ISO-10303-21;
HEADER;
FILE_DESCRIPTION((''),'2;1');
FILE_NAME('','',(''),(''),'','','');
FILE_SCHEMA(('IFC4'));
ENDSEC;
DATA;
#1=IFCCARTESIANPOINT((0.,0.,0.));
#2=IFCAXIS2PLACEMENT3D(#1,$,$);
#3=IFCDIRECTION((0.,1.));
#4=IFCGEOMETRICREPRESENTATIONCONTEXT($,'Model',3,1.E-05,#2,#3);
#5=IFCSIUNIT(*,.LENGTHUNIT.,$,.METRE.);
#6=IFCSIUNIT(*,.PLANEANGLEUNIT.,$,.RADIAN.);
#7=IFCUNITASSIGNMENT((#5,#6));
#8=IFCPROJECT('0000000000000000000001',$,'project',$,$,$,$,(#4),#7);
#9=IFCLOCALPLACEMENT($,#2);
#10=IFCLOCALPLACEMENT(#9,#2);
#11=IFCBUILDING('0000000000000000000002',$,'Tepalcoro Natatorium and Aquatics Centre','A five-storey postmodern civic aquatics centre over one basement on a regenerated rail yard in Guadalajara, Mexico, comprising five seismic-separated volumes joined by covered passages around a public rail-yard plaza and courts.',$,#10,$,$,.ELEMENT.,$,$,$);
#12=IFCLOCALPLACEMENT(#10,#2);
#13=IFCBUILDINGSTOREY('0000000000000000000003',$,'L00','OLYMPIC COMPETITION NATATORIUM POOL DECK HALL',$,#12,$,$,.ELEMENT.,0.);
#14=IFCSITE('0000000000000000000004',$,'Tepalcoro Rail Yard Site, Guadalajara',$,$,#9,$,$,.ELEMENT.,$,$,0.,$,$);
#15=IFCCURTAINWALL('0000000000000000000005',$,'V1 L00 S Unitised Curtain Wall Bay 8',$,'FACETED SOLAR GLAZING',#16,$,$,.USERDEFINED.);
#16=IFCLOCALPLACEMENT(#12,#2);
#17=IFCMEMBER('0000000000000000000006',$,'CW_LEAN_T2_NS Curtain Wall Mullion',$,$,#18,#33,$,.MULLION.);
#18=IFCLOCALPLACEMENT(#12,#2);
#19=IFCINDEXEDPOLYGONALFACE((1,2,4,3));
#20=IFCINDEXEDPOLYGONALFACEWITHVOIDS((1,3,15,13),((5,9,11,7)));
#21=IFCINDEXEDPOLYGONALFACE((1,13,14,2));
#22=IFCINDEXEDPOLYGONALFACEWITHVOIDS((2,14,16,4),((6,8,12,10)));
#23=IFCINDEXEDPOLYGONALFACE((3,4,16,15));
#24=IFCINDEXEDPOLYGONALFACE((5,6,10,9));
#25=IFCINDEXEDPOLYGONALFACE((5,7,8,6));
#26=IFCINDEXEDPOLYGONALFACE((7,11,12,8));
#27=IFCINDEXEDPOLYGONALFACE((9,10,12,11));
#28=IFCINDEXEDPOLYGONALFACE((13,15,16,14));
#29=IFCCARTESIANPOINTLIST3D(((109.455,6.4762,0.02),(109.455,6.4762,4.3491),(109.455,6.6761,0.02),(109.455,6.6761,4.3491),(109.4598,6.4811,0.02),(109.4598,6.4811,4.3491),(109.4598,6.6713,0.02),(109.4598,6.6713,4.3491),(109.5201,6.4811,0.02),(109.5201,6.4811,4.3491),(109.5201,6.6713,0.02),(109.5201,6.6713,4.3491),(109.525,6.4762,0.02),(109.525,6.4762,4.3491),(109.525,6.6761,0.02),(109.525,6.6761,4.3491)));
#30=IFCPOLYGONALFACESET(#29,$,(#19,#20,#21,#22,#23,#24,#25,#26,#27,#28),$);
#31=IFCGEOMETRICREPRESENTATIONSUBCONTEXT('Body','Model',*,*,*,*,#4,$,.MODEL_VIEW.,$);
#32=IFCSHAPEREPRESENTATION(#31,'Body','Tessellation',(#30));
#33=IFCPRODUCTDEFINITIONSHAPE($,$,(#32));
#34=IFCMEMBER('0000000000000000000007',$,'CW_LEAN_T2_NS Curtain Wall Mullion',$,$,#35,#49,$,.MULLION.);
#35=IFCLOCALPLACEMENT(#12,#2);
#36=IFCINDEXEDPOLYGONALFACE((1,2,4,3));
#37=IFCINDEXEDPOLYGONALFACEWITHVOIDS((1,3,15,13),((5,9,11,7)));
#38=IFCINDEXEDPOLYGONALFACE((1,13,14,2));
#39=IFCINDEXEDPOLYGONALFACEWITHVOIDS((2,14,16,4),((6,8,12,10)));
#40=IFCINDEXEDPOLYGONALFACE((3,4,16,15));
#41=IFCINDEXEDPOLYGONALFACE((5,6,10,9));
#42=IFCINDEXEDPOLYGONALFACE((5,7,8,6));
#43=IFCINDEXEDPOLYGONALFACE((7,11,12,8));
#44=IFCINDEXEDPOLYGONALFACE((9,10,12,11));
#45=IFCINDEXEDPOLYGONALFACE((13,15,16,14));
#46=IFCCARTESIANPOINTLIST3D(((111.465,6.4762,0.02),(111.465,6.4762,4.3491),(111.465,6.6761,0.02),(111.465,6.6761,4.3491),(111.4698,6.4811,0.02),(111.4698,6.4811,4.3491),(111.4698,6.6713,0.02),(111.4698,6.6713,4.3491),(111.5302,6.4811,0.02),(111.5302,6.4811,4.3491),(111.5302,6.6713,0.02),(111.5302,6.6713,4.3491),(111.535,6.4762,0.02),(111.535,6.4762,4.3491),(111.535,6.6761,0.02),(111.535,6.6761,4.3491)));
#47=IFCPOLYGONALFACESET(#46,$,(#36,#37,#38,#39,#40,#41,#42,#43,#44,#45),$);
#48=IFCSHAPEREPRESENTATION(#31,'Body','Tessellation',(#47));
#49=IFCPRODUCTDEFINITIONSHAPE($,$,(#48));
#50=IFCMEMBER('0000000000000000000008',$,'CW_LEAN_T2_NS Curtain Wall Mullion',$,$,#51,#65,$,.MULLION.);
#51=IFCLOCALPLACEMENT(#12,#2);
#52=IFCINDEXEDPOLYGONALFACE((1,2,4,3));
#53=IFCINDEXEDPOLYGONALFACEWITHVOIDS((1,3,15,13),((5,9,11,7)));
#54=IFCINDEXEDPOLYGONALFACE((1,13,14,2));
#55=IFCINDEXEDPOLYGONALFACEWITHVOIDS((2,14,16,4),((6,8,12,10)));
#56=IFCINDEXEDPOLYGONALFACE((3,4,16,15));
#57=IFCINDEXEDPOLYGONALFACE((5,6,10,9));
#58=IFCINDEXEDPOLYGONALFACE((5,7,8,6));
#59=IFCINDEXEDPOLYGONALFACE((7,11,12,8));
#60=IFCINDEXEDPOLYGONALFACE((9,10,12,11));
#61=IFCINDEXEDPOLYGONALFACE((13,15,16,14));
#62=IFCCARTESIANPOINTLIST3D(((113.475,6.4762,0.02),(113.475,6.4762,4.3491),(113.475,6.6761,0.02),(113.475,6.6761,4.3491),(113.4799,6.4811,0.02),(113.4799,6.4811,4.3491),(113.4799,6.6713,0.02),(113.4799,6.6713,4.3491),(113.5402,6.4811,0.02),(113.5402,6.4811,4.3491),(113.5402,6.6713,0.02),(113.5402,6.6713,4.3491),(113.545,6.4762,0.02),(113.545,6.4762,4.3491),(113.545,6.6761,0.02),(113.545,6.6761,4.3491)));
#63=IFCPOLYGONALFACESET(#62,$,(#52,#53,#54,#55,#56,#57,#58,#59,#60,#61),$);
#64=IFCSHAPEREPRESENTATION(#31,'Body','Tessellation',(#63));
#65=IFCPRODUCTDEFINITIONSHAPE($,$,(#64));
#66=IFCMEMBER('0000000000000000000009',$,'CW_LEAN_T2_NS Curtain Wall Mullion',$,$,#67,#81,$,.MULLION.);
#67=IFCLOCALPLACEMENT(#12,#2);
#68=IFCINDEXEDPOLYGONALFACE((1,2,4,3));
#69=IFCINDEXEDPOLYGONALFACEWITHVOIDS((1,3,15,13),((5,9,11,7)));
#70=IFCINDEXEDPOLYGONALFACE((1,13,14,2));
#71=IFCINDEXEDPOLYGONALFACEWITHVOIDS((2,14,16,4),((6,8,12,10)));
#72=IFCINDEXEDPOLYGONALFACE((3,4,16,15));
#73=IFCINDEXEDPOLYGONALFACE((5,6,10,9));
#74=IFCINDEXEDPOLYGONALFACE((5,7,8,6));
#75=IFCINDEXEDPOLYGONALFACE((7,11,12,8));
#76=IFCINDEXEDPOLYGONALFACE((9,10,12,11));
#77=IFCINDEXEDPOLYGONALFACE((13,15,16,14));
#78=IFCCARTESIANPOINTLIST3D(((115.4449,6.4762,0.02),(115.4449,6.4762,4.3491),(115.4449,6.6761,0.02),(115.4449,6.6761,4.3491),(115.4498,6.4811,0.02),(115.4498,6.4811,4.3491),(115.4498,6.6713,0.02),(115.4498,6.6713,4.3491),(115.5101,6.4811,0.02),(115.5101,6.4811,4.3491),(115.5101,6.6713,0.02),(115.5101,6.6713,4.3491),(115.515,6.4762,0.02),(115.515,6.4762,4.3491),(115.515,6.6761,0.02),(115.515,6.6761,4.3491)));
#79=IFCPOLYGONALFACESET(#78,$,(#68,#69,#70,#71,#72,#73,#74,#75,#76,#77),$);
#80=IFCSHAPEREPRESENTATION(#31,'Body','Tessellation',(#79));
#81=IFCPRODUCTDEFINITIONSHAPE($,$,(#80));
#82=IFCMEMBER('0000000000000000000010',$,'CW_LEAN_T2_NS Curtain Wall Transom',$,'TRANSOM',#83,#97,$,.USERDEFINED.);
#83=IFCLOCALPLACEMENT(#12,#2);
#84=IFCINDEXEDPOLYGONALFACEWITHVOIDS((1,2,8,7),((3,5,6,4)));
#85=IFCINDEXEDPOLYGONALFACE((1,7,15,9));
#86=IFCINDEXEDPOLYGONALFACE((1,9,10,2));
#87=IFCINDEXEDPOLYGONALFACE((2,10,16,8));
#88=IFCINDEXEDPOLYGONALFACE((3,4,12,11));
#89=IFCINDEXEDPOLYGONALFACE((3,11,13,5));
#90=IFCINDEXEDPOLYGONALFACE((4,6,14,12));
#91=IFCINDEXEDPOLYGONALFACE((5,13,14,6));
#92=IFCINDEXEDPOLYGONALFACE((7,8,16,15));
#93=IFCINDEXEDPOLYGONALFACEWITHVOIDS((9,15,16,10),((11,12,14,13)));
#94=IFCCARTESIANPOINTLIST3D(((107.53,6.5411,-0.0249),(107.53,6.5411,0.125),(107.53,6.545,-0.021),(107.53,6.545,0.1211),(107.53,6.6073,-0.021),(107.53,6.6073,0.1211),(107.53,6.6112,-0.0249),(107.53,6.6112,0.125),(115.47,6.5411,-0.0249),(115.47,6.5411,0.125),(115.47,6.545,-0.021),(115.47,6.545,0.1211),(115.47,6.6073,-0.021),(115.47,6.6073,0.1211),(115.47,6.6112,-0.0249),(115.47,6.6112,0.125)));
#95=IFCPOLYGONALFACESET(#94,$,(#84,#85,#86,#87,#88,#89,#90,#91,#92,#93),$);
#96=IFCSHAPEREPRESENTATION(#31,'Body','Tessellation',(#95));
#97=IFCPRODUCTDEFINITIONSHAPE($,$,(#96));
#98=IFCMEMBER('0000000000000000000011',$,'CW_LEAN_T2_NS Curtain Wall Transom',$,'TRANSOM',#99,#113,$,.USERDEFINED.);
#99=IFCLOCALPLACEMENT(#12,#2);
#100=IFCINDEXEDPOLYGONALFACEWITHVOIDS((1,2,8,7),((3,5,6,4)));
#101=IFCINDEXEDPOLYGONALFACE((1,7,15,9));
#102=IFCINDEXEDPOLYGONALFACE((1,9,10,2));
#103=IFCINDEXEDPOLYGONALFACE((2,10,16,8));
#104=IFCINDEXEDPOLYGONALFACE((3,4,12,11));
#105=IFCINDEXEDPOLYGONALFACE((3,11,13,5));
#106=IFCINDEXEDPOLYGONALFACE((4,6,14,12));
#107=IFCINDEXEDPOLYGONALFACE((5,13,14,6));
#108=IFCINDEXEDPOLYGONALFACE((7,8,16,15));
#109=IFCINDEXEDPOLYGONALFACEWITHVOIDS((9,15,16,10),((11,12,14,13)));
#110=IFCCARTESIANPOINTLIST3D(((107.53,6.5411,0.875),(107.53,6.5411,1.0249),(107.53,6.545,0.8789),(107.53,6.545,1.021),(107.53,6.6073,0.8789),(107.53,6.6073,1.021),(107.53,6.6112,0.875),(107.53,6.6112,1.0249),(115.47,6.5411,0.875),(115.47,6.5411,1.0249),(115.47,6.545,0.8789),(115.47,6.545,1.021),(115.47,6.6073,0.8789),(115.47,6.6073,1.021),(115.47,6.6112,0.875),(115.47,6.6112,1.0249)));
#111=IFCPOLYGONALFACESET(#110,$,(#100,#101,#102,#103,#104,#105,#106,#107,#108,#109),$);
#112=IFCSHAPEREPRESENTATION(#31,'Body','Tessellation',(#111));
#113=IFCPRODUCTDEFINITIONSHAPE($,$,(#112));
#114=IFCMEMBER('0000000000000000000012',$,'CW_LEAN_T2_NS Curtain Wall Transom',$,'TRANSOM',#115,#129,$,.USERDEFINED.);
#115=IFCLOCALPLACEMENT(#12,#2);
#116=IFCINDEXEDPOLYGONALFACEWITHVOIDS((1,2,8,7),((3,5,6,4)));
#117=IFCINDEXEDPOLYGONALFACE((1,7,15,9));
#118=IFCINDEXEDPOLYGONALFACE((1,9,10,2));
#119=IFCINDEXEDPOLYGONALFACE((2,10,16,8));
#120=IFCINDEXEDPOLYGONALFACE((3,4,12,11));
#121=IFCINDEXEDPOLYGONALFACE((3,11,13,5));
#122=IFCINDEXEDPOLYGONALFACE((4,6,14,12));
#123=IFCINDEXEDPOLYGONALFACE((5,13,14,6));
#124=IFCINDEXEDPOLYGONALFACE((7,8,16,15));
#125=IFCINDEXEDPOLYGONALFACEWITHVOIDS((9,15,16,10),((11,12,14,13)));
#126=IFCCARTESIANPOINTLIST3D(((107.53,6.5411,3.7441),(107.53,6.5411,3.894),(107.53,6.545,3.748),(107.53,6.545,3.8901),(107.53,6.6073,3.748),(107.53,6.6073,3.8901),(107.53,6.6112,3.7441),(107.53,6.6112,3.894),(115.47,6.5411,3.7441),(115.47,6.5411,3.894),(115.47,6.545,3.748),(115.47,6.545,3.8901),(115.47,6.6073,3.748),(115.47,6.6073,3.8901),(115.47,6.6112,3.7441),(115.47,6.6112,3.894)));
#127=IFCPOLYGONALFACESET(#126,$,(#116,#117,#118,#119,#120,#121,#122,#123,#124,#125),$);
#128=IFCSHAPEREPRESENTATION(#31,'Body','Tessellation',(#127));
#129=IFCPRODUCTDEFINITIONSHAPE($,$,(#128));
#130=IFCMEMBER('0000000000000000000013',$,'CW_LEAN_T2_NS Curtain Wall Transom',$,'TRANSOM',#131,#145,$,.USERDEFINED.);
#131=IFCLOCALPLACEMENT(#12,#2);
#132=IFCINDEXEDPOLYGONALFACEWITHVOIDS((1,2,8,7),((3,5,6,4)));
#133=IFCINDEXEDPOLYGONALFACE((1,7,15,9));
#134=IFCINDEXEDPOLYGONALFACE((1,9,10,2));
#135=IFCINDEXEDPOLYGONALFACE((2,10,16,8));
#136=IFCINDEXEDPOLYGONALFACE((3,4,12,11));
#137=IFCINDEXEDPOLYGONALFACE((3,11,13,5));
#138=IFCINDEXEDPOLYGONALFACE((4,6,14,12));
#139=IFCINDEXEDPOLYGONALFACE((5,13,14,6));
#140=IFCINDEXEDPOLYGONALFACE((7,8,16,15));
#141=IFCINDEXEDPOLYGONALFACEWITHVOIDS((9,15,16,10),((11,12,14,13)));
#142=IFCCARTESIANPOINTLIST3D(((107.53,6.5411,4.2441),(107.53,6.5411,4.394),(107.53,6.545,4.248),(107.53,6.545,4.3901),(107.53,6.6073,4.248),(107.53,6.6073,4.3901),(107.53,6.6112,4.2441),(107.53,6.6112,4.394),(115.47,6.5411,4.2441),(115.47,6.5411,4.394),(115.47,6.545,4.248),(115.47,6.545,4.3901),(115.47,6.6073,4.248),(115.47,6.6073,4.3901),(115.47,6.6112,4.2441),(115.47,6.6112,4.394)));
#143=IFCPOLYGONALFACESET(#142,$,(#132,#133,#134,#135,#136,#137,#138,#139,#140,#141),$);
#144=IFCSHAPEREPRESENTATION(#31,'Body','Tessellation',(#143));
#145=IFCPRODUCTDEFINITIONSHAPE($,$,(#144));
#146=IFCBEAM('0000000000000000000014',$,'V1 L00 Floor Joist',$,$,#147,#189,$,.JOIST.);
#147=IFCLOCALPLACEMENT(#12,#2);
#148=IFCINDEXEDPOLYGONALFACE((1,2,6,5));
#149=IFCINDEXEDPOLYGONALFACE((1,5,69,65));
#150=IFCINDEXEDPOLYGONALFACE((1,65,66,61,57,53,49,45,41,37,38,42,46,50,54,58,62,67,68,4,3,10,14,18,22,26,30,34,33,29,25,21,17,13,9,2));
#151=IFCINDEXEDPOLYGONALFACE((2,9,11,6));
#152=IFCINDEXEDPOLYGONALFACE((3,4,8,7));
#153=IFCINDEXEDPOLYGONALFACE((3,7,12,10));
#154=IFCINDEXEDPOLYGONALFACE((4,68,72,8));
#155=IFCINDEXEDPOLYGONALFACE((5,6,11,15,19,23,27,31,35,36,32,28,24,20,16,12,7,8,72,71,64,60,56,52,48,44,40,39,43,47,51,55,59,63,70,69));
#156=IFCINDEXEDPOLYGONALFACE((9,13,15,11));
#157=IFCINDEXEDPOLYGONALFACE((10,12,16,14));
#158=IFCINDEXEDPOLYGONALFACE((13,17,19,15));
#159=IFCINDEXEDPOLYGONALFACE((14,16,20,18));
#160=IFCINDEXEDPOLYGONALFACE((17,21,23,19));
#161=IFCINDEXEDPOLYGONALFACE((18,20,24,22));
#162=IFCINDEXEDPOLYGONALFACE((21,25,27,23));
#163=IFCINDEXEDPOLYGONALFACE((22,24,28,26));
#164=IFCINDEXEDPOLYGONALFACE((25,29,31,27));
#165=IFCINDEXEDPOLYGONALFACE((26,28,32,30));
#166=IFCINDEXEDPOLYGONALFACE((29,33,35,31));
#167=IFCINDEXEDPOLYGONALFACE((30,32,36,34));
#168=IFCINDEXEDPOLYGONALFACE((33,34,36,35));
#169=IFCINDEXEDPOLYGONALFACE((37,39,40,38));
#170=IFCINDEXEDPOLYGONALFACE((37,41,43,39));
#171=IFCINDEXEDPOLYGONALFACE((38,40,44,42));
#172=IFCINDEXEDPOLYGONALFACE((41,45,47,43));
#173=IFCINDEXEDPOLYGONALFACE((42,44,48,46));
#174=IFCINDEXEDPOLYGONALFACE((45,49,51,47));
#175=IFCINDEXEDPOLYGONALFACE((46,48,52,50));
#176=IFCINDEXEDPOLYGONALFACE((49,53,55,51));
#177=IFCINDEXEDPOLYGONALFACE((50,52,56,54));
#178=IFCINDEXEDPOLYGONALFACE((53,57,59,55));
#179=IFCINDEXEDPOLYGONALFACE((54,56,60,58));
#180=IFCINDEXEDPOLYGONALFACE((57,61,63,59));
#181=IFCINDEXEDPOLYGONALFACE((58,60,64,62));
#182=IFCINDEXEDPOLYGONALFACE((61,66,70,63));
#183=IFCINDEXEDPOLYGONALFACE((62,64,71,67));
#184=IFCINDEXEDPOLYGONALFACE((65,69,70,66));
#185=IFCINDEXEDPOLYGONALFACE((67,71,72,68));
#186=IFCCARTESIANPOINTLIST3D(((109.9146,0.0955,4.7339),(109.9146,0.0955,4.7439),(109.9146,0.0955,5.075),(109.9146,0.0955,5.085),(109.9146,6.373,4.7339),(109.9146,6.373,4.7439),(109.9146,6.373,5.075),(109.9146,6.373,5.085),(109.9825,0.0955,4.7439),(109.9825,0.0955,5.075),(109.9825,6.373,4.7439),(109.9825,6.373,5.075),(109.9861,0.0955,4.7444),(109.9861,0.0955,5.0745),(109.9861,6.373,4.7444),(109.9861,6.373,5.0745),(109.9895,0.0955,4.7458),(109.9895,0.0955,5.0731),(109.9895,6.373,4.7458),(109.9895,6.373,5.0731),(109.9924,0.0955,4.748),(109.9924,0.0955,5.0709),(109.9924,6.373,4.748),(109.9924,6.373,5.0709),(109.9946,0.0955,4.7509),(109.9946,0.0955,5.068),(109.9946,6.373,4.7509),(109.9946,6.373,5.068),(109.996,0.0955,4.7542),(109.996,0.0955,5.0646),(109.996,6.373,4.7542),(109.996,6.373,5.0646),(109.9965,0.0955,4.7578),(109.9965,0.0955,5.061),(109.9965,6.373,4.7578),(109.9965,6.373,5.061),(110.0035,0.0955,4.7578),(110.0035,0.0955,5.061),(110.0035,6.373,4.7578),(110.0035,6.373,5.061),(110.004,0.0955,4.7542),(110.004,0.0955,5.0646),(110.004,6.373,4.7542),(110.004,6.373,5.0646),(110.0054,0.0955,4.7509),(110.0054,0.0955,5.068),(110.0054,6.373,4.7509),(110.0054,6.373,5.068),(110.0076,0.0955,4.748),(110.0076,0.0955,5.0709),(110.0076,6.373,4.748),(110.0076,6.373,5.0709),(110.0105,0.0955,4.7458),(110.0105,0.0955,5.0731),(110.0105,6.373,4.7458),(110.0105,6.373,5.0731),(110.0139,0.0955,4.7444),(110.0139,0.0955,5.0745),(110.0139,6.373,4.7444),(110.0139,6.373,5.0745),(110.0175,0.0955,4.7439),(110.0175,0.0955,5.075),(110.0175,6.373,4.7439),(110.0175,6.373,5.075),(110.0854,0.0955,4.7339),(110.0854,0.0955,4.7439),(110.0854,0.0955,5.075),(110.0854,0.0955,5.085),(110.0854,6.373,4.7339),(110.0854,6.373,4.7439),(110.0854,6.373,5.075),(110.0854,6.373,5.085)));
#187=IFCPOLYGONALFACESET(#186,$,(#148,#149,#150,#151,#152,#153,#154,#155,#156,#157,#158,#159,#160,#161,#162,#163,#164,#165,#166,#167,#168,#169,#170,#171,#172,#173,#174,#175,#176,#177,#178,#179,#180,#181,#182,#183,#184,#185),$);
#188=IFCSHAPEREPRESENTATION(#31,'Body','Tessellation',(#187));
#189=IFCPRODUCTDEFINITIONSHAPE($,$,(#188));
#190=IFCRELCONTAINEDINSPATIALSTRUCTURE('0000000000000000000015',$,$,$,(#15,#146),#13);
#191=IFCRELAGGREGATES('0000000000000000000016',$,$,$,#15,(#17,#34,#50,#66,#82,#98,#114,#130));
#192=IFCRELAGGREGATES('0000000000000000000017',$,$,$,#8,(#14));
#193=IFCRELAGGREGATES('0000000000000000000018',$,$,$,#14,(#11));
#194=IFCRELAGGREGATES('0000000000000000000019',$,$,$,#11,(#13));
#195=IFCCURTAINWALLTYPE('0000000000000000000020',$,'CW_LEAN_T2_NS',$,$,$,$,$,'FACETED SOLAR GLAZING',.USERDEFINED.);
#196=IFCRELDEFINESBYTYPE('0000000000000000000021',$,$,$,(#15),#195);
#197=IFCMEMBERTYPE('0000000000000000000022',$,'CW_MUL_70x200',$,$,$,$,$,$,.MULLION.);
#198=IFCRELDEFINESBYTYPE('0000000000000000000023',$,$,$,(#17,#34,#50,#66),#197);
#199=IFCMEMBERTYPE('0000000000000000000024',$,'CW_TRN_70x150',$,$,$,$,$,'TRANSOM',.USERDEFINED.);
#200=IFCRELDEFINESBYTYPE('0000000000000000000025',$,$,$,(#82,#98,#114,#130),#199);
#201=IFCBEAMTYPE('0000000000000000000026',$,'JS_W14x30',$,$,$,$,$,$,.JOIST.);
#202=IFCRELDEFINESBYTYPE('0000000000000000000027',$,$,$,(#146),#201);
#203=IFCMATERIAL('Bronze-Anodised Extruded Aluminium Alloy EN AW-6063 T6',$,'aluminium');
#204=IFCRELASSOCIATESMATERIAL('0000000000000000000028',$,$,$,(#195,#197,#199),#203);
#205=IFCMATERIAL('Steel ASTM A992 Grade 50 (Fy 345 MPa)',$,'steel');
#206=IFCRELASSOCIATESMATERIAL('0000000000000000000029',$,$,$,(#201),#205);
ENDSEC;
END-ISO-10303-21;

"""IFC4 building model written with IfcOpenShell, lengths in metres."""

from ifc_helpers import new_model, si_unit, direction, frame, origin, origin_2d, place, context, subcontext, project, spatial, hollow_rectangle, i_section, extrude, material, material_profile, profile_set, type_object, element, aggregate, save


model = new_model("IFC4")

# Units and contexts
model_context = context("Model", 3, precision=1e-05, world=origin(), true_north=direction((0.0, 1.0)))
body_context = subcontext(model_context, "Body", "Model", "MODEL_VIEW")
ifc_project = project(units=[si_unit("LENGTHUNIT", "METRE"), si_unit("PLANEANGLEUNIT", "RADIAN")], contexts=[model_context])

# Site, building, storey
site_placement = place(None, origin())
site = spatial("IfcSite", under=ifc_project, at=site_placement, Name="Tepalcoro Rail Yard Site, Guadalajara", CompositionType="ELEMENT", RefElevation=0.0)
building_placement = place(site_placement, origin())
building = spatial("IfcBuilding", under=site, at=building_placement, Name="Tepalcoro Natatorium and Aquatics Centre", Description="A five-storey postmodern civic aquatics centre over one basement on a regenerated rail yard in Guadalajara, Mexico, comprising five seismic-separated volumes joined by covered passages around a public rail-yard plaza and courts.", CompositionType="ELEMENT")
storey_placement = place(building_placement, origin())
storey = spatial("IfcBuildingStorey", under=building, at=storey_placement, Name="L00", Description="OLYMPIC COMPETITION NATATORIUM POOL DECK HALL", CompositionType="ELEMENT", Elevation=0.0)

# Shared definitions
ifc_material_1 = material(Name="Steel ASTM A992 Grade 50 (Fy 345 MPa)", Category="steel")

# Curtain wall, members
ifc_material_2 = material(Name="Bronze-Anodised Extruded Aluminium Alloy EN AW-6063 T6", Category="aluminium")
curtain_wall_type = type_object("IfcCurtainWallType", Name="CW_LEAN_T2_NS", ElementType="FACETED SOLAR GLAZING", PredefinedType="USERDEFINED", material=ifc_material_2)
curtain_wall_placement = place(storey_placement, origin())
curtain_wall = element("IfcCurtainWall", 1, at=curtain_wall_placement, inside=storey, type_object=curtain_wall_type, Name="V1 L00 S Unitised Curtain Wall Bay 8", ObjectType="FACETED SOLAR GLAZING", PredefinedType="USERDEFINED")
ifc_material_profile_1 = material_profile(ifc_material_2, hollow_rectangle(XDim=0.0701, YDim=0.2, WallThickness=0.0049, at=origin_2d()), Name="AL70X200X5")
ifc_profile_set_1 = profile_set([ifc_material_profile_1], Name="Bronze-Anodised Extruded Aluminium Alloy EN AW-6063 T6")
member_type_1 = type_object("IfcMemberType", Name="CW_MUL_70x200", PredefinedType="MULLION", material=ifc_profile_set_1)
member_1_placement = place(storey_placement, frame((109.49, 6.5762, 0.02), z_axis=(0.0, 0.0, 1.0), x_axis=(1.0, 0.0, 0.0)))
member_1 = element("IfcMember", 2, at=member_1_placement, type_object=member_type_1, Name="CW_LEAN_T2_NS Curtain Wall Mullion", PredefinedType="MULLION", context=body_context, shape_type="SweptSolid", body=[
    extrude(hollow_rectangle(XDim=0.0701, YDim=0.2, WallThickness=0.0049, at=origin_2d()), origin(), (0.0, 0.0, 1.0), 4.3291),
])
member_2_placement = place(storey_placement, frame((111.5, 6.5762, 0.02), z_axis=(0.0, 0.0, 1.0), x_axis=(1.0, 0.0, 0.0)))
member_2 = element("IfcMember", 3, at=member_2_placement, type_object=member_type_1, Name="CW_LEAN_T2_NS Curtain Wall Mullion", PredefinedType="MULLION", context=body_context, shape_type="SweptSolid", body=[
    extrude(hollow_rectangle(XDim=0.0701, YDim=0.2, WallThickness=0.0049, at=origin_2d()), origin(), (0.0, 0.0, 1.0), 4.3291),
])
member_3_placement = place(storey_placement, frame((113.51, 6.5762, 0.02), z_axis=(0.0, 0.0, 1.0), x_axis=(1.0, 0.0, 0.0)))
member_3 = element("IfcMember", 4, at=member_3_placement, type_object=member_type_1, Name="CW_LEAN_T2_NS Curtain Wall Mullion", PredefinedType="MULLION", context=body_context, shape_type="SweptSolid", body=[
    extrude(hollow_rectangle(XDim=0.0701, YDim=0.2, WallThickness=0.0049, at=origin_2d()), origin(), (0.0, 0.0, 1.0), 4.3291),
])
member_4_placement = place(storey_placement, frame((115.48, 6.5762, 0.02), z_axis=(0.0, 0.0, 1.0), x_axis=(1.0, 0.0, 0.0)))
member_4 = element("IfcMember", 5, at=member_4_placement, type_object=member_type_1, Name="CW_LEAN_T2_NS Curtain Wall Mullion", PredefinedType="MULLION", context=body_context, shape_type="SweptSolid", body=[
    extrude(hollow_rectangle(XDim=0.0701, YDim=0.2, WallThickness=0.0049, at=origin_2d()), origin(), (0.0, 0.0, 1.0), 4.3291),
])
ifc_material_profile_2 = material_profile(ifc_material_2, hollow_rectangle(XDim=0.0701, YDim=0.1499, WallThickness=0.0039, at=origin_2d()), Name="AL70X150X4")
ifc_profile_set_2 = profile_set([ifc_material_profile_2], Name="Bronze-Anodised Extruded Aluminium Alloy EN AW-6063 T6")
member_type_2 = type_object("IfcMemberType", Name="CW_TRN_70x150", ElementType="TRANSOM", PredefinedType="USERDEFINED", material=ifc_profile_set_2)
member_5_placement = place(storey_placement, frame((107.53, 6.5762, 0.05), z_axis=(1.0, 0.0, 0.0), x_axis=(0.0, 1.0, 0.0)))
member_5 = element("IfcMember", 6, at=member_5_placement, type_object=member_type_2, Name="CW_LEAN_T2_NS Curtain Wall Transom", ObjectType="TRANSOM", PredefinedType="USERDEFINED", context=body_context, shape_type="SweptSolid", body=[
    extrude(hollow_rectangle(XDim=0.0701, YDim=0.1499, WallThickness=0.0039, at=origin_2d()), origin(), (0.0, 0.0, 1.0), 7.9399),
])
member_6_placement = place(storey_placement, frame((107.53, 6.5762, 0.95), z_axis=(1.0, 0.0, 0.0), x_axis=(0.0, 1.0, 0.0)))
member_6 = element("IfcMember", 7, at=member_6_placement, type_object=member_type_2, Name="CW_LEAN_T2_NS Curtain Wall Transom", ObjectType="TRANSOM", PredefinedType="USERDEFINED", context=body_context, shape_type="SweptSolid", body=[
    extrude(hollow_rectangle(XDim=0.0701, YDim=0.1499, WallThickness=0.0039, at=origin_2d()), origin(), (0.0, 0.0, 1.0), 7.9399),
])
member_7_placement = place(storey_placement, frame((107.53, 6.5762, 3.8191), z_axis=(1.0, 0.0, 0.0), x_axis=(0.0, 1.0, 0.0)))
member_7 = element("IfcMember", 8, at=member_7_placement, type_object=member_type_2, Name="CW_LEAN_T2_NS Curtain Wall Transom", ObjectType="TRANSOM", PredefinedType="USERDEFINED", context=body_context, shape_type="SweptSolid", body=[
    extrude(hollow_rectangle(XDim=0.0701, YDim=0.1499, WallThickness=0.0039, at=origin_2d()), origin(), (0.0, 0.0, 1.0), 7.9399),
])
member_8_placement = place(storey_placement, frame((107.53, 6.5762, 4.3191), z_axis=(1.0, 0.0, 0.0), x_axis=(0.0, 1.0, 0.0)))
member_8 = element("IfcMember", 9, at=member_8_placement, type_object=member_type_2, Name="CW_LEAN_T2_NS Curtain Wall Transom", ObjectType="TRANSOM", PredefinedType="USERDEFINED", context=body_context, shape_type="SweptSolid", body=[
    extrude(hollow_rectangle(XDim=0.0701, YDim=0.1499, WallThickness=0.0039, at=origin_2d()), origin(), (0.0, 0.0, 1.0), 7.9399),
])

# Beam
ifc_material_profile_3 = material_profile(ifc_material_1, i_section(OverallWidth=0.1709, OverallDepth=0.3511, WebThickness=0.0071, FlangeThickness=0.01, FilletRadius=0.0139, at=origin_2d()), Name="W14X30")
ifc_profile_set_3 = profile_set([ifc_material_profile_3], Name="Steel ASTM A992 Grade 50 (Fy 345 MPa)")
beam_type_1 = type_object("IfcBeamType", Name="JS_W14x30", PredefinedType="JOIST", material=ifc_profile_set_3)
beam_1_placement = place(storey_placement, frame((110.0, 0.0955, 4.9094), z_axis=(0.0, 1.0, 0.0), x_axis=(-1.0, 0.0, 0.0)))
element("IfcBeam", 10, at=beam_1_placement, inside=storey, type_object=beam_type_1, Name="V1 L00 Floor Joist", PredefinedType="JOIST", context=body_context, shape_type="SweptSolid", body=[
    extrude(i_section(OverallWidth=0.1709, OverallDepth=0.3511, WebThickness=0.0071, FlangeThickness=0.01, FilletRadius=0.0139, at=origin_2d()), origin(), (0.0, 0.0, 1.0), 6.2776),
])

aggregate(curtain_wall, [member_1, member_2, member_3, member_4, member_5, member_6, member_7, member_8])

save(model, "model.ifc")
